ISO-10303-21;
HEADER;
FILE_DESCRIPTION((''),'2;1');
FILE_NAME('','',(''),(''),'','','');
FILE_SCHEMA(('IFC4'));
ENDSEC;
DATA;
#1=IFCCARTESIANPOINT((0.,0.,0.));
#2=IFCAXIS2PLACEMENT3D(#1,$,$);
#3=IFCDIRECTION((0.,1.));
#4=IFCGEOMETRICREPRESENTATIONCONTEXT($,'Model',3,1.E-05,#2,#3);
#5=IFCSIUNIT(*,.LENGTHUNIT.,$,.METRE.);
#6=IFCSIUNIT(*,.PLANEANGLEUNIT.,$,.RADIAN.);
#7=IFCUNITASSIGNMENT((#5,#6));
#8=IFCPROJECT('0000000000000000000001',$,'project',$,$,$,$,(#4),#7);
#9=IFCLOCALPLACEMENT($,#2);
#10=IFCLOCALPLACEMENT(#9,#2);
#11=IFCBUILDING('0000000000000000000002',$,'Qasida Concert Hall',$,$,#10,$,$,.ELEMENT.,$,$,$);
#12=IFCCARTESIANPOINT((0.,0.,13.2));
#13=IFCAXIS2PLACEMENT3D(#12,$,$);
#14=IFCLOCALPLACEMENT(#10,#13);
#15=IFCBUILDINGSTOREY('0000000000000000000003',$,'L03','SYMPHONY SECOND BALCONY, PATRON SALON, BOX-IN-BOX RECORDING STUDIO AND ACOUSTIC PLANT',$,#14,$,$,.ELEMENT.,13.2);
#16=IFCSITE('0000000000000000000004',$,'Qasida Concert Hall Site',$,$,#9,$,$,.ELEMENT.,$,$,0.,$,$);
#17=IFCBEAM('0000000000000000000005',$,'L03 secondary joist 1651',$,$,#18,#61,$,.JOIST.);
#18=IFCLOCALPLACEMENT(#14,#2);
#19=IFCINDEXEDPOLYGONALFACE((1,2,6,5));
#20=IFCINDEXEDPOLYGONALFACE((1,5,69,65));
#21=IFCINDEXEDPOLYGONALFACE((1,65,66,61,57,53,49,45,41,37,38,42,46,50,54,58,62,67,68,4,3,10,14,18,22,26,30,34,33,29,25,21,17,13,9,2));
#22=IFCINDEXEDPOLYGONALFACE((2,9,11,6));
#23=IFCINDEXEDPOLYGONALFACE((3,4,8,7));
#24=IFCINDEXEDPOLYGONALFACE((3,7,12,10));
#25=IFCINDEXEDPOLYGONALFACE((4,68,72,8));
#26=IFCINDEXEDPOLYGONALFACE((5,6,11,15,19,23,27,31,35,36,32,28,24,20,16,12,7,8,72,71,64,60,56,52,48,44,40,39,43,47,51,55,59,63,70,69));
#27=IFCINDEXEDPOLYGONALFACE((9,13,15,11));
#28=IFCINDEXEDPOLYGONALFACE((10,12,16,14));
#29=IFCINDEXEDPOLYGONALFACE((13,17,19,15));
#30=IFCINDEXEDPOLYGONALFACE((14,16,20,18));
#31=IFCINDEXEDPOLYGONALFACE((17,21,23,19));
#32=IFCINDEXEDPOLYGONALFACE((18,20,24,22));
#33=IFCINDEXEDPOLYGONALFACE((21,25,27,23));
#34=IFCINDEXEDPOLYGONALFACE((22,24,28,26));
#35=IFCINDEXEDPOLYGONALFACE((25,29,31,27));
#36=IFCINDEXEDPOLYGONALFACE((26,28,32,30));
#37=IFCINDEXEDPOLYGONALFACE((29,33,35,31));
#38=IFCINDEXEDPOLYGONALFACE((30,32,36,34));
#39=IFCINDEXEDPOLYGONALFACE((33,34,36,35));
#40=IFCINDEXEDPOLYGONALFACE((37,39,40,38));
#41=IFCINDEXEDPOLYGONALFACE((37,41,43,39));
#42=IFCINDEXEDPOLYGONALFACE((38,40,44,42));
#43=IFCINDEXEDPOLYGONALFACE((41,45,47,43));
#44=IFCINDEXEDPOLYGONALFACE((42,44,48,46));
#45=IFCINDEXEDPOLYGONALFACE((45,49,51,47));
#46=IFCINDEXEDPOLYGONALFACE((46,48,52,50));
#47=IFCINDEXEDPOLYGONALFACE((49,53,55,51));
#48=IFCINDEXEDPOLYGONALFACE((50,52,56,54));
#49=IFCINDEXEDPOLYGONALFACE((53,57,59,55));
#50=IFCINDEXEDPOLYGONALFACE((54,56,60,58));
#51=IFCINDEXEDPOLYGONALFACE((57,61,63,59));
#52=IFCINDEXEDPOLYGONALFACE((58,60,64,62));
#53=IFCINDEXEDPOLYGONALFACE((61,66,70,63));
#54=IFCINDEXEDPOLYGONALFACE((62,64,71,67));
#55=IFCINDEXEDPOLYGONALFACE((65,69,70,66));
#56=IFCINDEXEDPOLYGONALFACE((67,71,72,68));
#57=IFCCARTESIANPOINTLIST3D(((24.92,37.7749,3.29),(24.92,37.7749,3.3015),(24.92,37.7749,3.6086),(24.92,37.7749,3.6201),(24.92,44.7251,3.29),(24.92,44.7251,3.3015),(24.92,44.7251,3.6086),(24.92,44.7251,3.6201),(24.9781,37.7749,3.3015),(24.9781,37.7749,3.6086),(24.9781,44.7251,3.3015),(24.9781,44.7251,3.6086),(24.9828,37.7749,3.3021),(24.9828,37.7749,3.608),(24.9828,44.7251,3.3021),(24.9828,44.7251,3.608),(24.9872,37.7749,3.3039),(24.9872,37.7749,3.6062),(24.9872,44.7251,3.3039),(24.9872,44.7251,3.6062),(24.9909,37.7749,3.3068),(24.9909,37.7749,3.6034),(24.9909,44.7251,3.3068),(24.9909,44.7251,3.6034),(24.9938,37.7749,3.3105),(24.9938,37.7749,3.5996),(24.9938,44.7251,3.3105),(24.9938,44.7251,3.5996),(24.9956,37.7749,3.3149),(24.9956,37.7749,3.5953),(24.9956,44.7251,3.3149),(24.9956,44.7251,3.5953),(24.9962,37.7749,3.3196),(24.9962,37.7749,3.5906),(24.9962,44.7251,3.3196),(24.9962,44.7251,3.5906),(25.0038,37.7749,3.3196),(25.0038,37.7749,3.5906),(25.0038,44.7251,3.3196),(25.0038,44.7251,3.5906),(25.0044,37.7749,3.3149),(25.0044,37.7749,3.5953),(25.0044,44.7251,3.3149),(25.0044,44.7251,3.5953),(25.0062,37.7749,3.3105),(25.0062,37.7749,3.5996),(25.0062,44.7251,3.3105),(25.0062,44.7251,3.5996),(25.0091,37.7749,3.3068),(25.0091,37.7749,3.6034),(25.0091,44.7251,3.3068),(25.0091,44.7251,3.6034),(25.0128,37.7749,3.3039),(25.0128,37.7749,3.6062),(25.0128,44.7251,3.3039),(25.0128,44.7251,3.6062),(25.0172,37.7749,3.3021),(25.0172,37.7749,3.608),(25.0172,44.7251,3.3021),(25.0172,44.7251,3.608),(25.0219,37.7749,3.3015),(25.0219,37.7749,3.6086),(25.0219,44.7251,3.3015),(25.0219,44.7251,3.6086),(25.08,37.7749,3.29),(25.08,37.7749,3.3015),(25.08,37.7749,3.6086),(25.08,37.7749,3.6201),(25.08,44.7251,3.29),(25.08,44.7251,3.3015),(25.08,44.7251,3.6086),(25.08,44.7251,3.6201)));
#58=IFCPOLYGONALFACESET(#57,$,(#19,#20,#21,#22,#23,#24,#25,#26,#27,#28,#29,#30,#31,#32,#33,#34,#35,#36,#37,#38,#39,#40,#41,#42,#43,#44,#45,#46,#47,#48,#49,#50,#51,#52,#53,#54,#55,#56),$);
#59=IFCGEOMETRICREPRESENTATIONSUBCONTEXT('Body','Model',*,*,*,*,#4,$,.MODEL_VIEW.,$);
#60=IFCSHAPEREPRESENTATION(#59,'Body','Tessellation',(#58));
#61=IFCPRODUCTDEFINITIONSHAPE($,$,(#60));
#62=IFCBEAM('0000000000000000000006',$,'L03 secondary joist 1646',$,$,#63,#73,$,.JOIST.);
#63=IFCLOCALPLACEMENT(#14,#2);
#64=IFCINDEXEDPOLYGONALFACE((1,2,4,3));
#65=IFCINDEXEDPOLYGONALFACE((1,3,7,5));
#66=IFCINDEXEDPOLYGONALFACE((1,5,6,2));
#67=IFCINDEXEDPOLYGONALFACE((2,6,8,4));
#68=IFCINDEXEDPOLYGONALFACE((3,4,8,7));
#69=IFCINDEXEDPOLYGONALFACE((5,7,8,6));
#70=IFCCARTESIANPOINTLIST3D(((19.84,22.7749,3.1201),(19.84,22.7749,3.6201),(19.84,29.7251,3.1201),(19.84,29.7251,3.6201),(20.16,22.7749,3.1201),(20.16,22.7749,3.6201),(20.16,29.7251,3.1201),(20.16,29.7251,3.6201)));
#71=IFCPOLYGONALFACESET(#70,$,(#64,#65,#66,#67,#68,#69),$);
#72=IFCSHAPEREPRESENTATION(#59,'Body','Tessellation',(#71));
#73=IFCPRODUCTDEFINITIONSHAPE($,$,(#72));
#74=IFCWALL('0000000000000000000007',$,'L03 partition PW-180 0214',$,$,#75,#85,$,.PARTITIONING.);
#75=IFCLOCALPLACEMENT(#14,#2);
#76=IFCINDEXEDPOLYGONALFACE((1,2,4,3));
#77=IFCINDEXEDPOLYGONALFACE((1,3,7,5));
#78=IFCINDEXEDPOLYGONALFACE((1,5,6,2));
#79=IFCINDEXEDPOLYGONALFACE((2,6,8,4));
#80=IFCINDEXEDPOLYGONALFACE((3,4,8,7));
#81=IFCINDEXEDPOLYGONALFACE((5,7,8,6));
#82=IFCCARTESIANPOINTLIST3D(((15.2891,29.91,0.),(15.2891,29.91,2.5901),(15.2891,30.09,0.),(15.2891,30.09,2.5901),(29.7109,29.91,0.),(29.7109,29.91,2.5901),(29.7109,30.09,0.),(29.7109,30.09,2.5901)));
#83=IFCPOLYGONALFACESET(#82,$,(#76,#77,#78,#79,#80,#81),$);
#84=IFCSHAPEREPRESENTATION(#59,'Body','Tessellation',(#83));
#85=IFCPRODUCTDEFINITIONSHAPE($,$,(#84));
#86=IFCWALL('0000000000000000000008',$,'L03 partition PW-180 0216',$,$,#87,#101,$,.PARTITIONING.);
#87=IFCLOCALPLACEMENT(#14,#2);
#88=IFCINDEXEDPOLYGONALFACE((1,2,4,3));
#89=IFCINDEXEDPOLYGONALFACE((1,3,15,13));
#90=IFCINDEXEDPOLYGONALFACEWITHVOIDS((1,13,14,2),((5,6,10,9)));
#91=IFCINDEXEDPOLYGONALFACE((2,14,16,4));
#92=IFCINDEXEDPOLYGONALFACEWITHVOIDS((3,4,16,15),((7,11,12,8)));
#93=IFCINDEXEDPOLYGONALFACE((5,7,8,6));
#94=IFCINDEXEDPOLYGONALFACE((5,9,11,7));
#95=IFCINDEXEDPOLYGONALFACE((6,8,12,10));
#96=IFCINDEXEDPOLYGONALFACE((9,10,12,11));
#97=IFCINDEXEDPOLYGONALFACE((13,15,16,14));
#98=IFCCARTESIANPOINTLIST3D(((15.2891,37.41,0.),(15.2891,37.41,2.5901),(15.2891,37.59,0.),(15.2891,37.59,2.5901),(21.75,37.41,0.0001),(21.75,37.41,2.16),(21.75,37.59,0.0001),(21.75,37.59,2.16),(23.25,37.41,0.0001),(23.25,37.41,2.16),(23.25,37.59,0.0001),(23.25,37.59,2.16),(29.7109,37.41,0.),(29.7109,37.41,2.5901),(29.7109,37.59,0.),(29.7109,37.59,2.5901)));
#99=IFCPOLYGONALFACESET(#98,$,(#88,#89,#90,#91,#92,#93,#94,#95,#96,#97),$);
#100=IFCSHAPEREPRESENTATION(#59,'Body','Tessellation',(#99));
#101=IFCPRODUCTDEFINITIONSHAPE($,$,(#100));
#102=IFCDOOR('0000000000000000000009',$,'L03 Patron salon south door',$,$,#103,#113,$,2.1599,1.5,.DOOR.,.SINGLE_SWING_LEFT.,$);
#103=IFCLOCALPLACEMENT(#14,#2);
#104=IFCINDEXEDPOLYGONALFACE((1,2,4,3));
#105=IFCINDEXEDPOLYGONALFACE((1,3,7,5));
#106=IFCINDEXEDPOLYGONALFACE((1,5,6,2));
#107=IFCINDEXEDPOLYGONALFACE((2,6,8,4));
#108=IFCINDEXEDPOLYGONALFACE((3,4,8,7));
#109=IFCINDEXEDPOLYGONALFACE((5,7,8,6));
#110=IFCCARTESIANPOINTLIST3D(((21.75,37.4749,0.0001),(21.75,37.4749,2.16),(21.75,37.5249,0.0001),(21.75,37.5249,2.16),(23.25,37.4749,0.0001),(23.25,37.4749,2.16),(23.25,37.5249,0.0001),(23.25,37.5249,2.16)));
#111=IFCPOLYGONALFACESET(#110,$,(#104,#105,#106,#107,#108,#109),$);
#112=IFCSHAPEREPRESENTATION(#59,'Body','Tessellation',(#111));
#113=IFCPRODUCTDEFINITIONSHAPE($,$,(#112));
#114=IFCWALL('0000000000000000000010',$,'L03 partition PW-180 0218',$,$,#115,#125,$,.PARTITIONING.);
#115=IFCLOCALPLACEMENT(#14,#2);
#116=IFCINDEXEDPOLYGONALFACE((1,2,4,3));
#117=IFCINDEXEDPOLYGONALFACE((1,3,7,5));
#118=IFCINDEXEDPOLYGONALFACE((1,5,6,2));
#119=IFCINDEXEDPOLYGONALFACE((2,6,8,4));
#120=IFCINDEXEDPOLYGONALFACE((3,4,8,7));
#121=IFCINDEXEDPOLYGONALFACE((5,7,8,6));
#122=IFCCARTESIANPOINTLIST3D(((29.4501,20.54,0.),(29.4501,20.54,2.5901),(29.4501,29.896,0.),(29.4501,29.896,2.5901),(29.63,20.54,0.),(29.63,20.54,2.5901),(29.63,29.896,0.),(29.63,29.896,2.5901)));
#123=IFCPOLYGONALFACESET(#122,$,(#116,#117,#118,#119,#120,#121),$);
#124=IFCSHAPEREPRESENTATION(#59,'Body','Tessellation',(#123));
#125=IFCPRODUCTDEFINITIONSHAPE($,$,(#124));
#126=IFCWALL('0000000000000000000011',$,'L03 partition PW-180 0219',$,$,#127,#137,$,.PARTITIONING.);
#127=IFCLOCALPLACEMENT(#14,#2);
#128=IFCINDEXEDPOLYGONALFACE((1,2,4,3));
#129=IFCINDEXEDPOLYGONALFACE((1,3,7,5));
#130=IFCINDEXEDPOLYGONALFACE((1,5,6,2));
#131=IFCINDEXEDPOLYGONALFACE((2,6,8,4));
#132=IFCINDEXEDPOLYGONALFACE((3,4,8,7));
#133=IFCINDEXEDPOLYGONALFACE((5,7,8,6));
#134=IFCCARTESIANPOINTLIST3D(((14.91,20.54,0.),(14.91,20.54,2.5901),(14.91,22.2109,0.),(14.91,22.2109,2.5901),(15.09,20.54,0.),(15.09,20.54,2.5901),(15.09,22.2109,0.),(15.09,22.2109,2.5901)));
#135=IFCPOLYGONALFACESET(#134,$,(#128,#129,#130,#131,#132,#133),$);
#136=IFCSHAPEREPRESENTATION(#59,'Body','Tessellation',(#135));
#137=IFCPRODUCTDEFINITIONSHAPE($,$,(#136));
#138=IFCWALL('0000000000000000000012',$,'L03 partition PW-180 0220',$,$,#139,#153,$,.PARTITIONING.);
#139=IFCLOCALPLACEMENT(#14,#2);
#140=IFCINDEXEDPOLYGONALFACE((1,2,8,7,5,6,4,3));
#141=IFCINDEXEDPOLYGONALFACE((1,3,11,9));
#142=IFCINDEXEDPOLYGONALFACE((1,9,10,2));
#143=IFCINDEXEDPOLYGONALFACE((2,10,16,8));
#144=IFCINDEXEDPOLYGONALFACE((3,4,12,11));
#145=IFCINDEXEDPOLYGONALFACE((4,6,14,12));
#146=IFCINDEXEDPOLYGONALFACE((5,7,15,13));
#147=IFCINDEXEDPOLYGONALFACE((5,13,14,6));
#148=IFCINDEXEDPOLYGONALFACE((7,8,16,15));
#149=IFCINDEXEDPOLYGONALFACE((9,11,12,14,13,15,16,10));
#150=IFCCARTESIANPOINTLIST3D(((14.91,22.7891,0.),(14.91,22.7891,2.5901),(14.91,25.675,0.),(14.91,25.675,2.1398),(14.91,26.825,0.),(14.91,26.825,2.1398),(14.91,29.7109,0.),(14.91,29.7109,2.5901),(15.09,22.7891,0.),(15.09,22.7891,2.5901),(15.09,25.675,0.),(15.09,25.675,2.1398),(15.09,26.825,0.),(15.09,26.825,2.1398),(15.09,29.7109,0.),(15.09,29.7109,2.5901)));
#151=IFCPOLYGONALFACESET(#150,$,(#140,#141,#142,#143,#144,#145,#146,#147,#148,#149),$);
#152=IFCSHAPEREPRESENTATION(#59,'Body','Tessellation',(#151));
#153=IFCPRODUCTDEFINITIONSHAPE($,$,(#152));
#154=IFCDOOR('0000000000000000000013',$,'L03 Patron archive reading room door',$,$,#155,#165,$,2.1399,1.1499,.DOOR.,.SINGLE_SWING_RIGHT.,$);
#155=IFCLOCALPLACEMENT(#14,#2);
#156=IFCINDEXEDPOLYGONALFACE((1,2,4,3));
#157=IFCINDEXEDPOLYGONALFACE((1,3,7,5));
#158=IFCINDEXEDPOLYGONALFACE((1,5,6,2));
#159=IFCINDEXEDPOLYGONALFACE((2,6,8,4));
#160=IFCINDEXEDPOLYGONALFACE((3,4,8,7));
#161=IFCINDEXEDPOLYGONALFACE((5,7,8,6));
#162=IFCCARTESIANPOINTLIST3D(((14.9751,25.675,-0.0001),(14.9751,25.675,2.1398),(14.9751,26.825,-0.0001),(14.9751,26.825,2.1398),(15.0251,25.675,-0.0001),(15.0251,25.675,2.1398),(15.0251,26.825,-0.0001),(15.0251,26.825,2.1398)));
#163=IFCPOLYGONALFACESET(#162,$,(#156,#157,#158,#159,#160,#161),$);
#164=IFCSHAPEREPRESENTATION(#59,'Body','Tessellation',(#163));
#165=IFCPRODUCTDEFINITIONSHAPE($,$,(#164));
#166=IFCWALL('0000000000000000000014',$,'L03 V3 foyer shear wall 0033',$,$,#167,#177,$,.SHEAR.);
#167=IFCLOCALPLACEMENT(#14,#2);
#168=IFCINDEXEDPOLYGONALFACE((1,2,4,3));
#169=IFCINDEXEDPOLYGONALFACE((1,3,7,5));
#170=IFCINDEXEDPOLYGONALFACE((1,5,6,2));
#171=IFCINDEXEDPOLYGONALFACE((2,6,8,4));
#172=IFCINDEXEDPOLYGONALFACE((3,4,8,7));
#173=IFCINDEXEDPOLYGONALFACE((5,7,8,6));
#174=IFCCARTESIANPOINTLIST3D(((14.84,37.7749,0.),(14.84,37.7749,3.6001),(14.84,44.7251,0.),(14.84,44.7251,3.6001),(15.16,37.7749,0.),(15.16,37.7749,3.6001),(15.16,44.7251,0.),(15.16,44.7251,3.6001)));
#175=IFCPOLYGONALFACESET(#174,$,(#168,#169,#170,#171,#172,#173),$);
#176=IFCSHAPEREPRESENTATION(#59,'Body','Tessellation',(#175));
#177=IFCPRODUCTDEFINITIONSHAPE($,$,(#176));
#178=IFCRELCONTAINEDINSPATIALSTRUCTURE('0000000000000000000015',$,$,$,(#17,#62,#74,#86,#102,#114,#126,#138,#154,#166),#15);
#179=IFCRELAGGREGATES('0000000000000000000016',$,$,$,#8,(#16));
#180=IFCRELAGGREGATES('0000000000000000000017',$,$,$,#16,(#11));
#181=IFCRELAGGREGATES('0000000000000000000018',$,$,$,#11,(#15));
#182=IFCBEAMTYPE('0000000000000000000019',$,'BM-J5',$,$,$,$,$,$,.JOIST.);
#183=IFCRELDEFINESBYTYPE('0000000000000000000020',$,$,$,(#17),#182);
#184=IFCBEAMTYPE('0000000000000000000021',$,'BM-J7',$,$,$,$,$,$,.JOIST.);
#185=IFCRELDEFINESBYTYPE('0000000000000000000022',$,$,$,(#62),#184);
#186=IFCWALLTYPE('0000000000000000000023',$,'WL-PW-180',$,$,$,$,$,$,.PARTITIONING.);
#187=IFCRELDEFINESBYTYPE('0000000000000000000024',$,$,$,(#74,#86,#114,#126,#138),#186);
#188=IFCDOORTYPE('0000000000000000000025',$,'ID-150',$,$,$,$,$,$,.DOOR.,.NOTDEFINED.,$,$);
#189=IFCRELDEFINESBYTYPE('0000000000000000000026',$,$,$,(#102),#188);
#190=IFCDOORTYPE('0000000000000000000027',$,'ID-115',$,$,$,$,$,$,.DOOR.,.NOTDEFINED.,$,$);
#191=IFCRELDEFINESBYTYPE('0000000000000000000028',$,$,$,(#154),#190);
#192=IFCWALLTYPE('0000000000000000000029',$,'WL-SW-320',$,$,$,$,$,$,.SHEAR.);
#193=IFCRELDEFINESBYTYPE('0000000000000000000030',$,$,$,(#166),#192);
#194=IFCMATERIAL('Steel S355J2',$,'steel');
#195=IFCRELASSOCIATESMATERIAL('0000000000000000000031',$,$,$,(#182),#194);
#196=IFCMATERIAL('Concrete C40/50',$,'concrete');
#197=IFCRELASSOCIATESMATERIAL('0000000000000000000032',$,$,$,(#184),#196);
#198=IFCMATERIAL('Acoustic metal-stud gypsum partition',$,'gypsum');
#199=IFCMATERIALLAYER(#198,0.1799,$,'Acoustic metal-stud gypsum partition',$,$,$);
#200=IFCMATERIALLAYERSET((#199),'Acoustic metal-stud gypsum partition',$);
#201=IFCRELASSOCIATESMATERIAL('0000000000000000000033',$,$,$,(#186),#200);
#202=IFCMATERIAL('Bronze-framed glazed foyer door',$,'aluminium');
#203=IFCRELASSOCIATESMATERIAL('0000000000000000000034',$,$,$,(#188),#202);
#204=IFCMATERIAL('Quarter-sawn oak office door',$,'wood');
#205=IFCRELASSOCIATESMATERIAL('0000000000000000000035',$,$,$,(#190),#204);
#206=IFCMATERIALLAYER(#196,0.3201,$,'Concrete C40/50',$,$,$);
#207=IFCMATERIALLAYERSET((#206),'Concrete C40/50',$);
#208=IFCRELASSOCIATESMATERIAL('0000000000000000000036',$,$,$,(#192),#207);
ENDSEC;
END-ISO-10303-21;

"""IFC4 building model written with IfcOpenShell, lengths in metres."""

from ifc_helpers import new_model, si_unit, direction, frame, frame_2d, origin, origin_2d, place, context, subcontext, project, spatial, rectangle, i_section, extrude, material, layer, layer_set, material_profile, profile_set, type_object, element, fill, save


model = new_model("IFC4")

# Units and contexts
model_context = context("Model", 3, precision=1e-05, world=origin(), true_north=direction((0.0, 1.0)))
body_context = subcontext(model_context, "Body", "Model", "MODEL_VIEW")
ifc_project = project(units=[si_unit("LENGTHUNIT", "METRE"), si_unit("PLANEANGLEUNIT", "RADIAN")], contexts=[model_context])

# Site, building, storey
site_placement = place(None, origin())
site = spatial("IfcSite", under=ifc_project, at=site_placement, Name="Qasida Concert Hall Site", CompositionType="ELEMENT", RefElevation=0.0)
building_placement = place(site_placement, origin())
building = spatial("IfcBuilding", under=site, at=building_placement, Name="Qasida Concert Hall", CompositionType="ELEMENT")
storey_placement = place(building_placement, frame((0.0, 0.0, 13.2)))
storey = spatial("IfcBuildingStorey", under=building, at=storey_placement, Name="L03", Description="SYMPHONY SECOND BALCONY, PATRON SALON, BOX-IN-BOX RECORDING STUDIO AND ACOUSTIC PLANT", CompositionType="ELEMENT", Elevation=13.2)

# Beams
ifc_material_1 = material(Name="Concrete C40/50", Category="concrete")
ifc_material_2 = material(Name="Steel S355J2", Category="steel")
ifc_material_profile_1 = material_profile(ifc_material_2, i_section(OverallWidth=0.1599, OverallDepth=0.3301, WebThickness=0.0076, FlangeThickness=0.0115, FilletRadius=0.0181, at=origin_2d()), Name="IPE 330")
ifc_profile_set_1 = profile_set([ifc_material_profile_1], Name="Steel S355J2")
beam_type_1 = type_object("IfcBeamType", Name="BM-J5", PredefinedType="JOIST", material=ifc_profile_set_1)
beam_1_placement = place(storey_placement, frame((25.0, 37.7749, 3.4551), z_axis=(0.0, 1.0, 0.0), x_axis=(-1.0, 0.0, 0.0)))
element("IfcBeam", 1, at=beam_1_placement, inside=storey, type_object=beam_type_1, Name="L03 secondary joist 1651", PredefinedType="JOIST", context=body_context, shape_type="SweptSolid", body=[
    extrude(i_section(OverallWidth=0.1599, OverallDepth=0.3301, WebThickness=0.0076, FlangeThickness=0.0115, FilletRadius=0.0181, at=origin_2d()), origin(), (0.0, 0.0, 1.0), 6.9502),
])
ifc_material_profile_2 = material_profile(ifc_material_1, rectangle(XDim=0.3201, YDim=0.5, at=origin_2d()), Name="RC 320x500")
ifc_profile_set_2 = profile_set([ifc_material_profile_2], Name="Concrete C40/50")
beam_type_2 = type_object("IfcBeamType", Name="BM-J7", PredefinedType="JOIST", material=ifc_profile_set_2)
beam_2_placement = place(storey_placement, frame((20.0, 22.7749, 3.3701), z_axis=(0.0, 1.0, 0.0), x_axis=(-1.0, 0.0, 0.0)))
element("IfcBeam", 2, at=beam_2_placement, inside=storey, type_object=beam_type_2, Name="L03 secondary joist 1646", PredefinedType="JOIST", context=body_context, shape_type="SweptSolid", body=[
    extrude(rectangle(XDim=0.3201, YDim=0.5, at=origin_2d()), origin(), (0.0, 0.0, 1.0), 6.9502),
])

# Wall
ifc_material_3 = material(Name="Acoustic metal-stud gypsum partition", Category="gypsum")
ifc_layer_1 = layer(ifc_material_3, 0.1799, Name="Acoustic metal-stud gypsum partition")
ifc_layer_set_1 = layer_set([ifc_layer_1], Name="Acoustic metal-stud gypsum partition")
wall_type_1 = type_object("IfcWallType", Name="WL-PW-180", PredefinedType="PARTITIONING", material=ifc_layer_set_1)
wall_1_placement = place(storey_placement, frame((15.2891, 30.0, 0.0), z_axis=(0.0, 0.0, 1.0), x_axis=(1.0, 0.0, 0.0)))
element("IfcWall", 3, at=wall_1_placement, inside=storey, type_object=wall_type_1, Name="L03 partition PW-180 0214", PredefinedType="PARTITIONING", context=body_context, shape_type="SweptSolid", body=[
    extrude(rectangle(XDim=14.4219, YDim=0.1799, at=frame_2d((7.2109, 0.0))), origin(), (0.0, 0.0, 1.0), 2.5901),
])

# Wall, opening, door
wall_2_placement = place(storey_placement, frame((15.2891, 37.5, 0.0), z_axis=(0.0, 0.0, 1.0), x_axis=(1.0, 0.0, 0.0)))
wall_2 = element("IfcWall", 4, at=wall_2_placement, inside=storey, type_object=wall_type_1, Name="L03 partition PW-180 0216", PredefinedType="PARTITIONING", context=body_context, shape_type="SweptSolid", body=[
    extrude(rectangle(XDim=14.4219, YDim=0.1799, at=frame_2d((7.2109, 0.0))), origin(), (0.0, 0.0, 1.0), 2.5901),
])
opening_1_placement = place(wall_2_placement, frame((6.4609, 0.0, 0.0)))
opening_1 = element("IfcOpeningElement", 5, at=opening_1_placement, cuts=wall_2, PredefinedType="OPENING", context=body_context, shape_type="SweptSolid", body=[
    extrude(rectangle(XDim=1.5, YDim=2.1599, at=frame_2d((0.75, 1.0801))), frame((0.0, 0.0999, 0.0), z_axis=(0.0, -1.0, 0.0), x_axis=(1.0, 0.0, 0.0)), (0.0, 0.0, 1.0), 0.2),
])
ifc_material_4 = material(Name="Bronze-framed glazed foyer door", Category="aluminium")
door_type_1 = type_object("IfcDoorType", Name="ID-150", OperationType="NOTDEFINED", PredefinedType="DOOR", material=ifc_material_4)
door_1_placement = place(opening_1_placement, origin())
door_1 = element("IfcDoor", 6, at=door_1_placement, inside=storey, type_object=door_type_1, Name="L03 Patron salon south door", OperationType="SINGLE_SWING_LEFT", OverallHeight=2.1599, OverallWidth=1.5, PredefinedType="DOOR", context=body_context, shape_type="SweptSolid", body=[
    extrude(rectangle(XDim=1.5, YDim=2.1599, at=frame_2d((0.75, 1.0801))), frame((0.0, 0.0249, 0.0), z_axis=(0.0, -1.0, 0.0), x_axis=(1.0, 0.0, 0.0)), (0.0, 0.0, 1.0), 0.05),
])
fill(opening_1, door_1)

# Walls
wall_3_placement = place(storey_placement, frame((29.54, 20.54, 0.0), z_axis=(0.0, 0.0, 1.0), x_axis=(0.0, 1.0, 0.0)))
element("IfcWall", 7, at=wall_3_placement, inside=storey, type_object=wall_type_1, Name="L03 partition PW-180 0218", PredefinedType="PARTITIONING", context=body_context, shape_type="SweptSolid", body=[
    extrude(rectangle(XDim=9.356, YDim=0.1799, at=frame_2d((4.678, 0.0))), origin(), (0.0, 0.0, 1.0), 2.5901),
])
wall_4_placement = place(storey_placement, frame((15.0, 20.54, 0.0), z_axis=(0.0, 0.0, 1.0), x_axis=(0.0, 1.0, 0.0)))
element("IfcWall", 8, at=wall_4_placement, inside=storey, type_object=wall_type_1, Name="L03 partition PW-180 0219", PredefinedType="PARTITIONING", context=body_context, shape_type="SweptSolid", body=[
    extrude(rectangle(XDim=1.6709, YDim=0.1799, at=frame_2d((0.8354, 0.0))), origin(), (0.0, 0.0, 1.0), 2.5901),
])

# Wall, opening, door
wall_5_placement = place(storey_placement, frame((15.0, 22.7891, 0.0), z_axis=(0.0, 0.0, 1.0), x_axis=(0.0, 1.0, 0.0)))
wall_5 = element("IfcWall", 9, at=wall_5_placement, inside=storey, type_object=wall_type_1, Name="L03 partition PW-180 0220", PredefinedType="PARTITIONING", context=body_context, shape_type="SweptSolid", body=[
    extrude(rectangle(XDim=6.9219, YDim=0.1799, at=frame_2d((3.4609, 0.0))), origin(), (0.0, 0.0, 1.0), 2.5901),
])
opening_2_placement = place(wall_5_placement, frame((2.886, 0.0, 0.0)))
opening_2 = element("IfcOpeningElement", 10, at=opening_2_placement, cuts=wall_5, PredefinedType="OPENING", context=body_context, shape_type="SweptSolid", body=[
    extrude(rectangle(XDim=1.1499, YDim=2.1399, at=frame_2d((0.575, 1.0698))), frame((0.0, 0.0999, 0.0), z_axis=(0.0, -1.0, 0.0), x_axis=(1.0, 0.0, 0.0)), (0.0, 0.0, 1.0), 0.2),
])
ifc_material_5 = material(Name="Quarter-sawn oak office door", Category="wood")
door_type_2 = type_object("IfcDoorType", Name="ID-115", OperationType="NOTDEFINED", PredefinedType="DOOR", material=ifc_material_5)
door_2_placement = place(opening_2_placement, origin())
door_2 = element("IfcDoor", 11, at=door_2_placement, inside=storey, type_object=door_type_2, Name="L03 Patron archive reading room door", OperationType="SINGLE_SWING_RIGHT", OverallHeight=2.1399, OverallWidth=1.1499, PredefinedType="DOOR", context=body_context, shape_type="SweptSolid", body=[
    extrude(rectangle(XDim=1.1499, YDim=2.1399, at=frame_2d((0.575, 1.0698))), frame((0.0, 0.0249, 0.0), z_axis=(0.0, -1.0, 0.0), x_axis=(1.0, 0.0, 0.0)), (0.0, 0.0, 1.0), 0.05),
])
fill(opening_2, door_2)

# Wall
ifc_layer_2 = layer(ifc_material_1, 0.3201, Name="Concrete C40/50")
ifc_layer_set_2 = layer_set([ifc_layer_2], Name="Concrete C40/50")
wall_type_2 = type_object("IfcWallType", Name="WL-SW-320", PredefinedType="SHEAR", material=ifc_layer_set_2)
wall_6_placement = place(storey_placement, frame((15.0, 37.7749, 0.0), z_axis=(0.0, 0.0, 1.0), x_axis=(0.0, 1.0, 0.0)))
element("IfcWall", 12, at=wall_6_placement, inside=storey, type_object=wall_type_2, Name="L03 V3 foyer shear wall 0033", PredefinedType="SHEAR", context=body_context, shape_type="SweptSolid", body=[
    extrude(rectangle(XDim=6.9502, YDim=0.3201, at=frame_2d((3.4751, 0.0))), origin(), (0.0, 0.0, 1.0), 3.6001),
])

save(model, "model.ifc")
